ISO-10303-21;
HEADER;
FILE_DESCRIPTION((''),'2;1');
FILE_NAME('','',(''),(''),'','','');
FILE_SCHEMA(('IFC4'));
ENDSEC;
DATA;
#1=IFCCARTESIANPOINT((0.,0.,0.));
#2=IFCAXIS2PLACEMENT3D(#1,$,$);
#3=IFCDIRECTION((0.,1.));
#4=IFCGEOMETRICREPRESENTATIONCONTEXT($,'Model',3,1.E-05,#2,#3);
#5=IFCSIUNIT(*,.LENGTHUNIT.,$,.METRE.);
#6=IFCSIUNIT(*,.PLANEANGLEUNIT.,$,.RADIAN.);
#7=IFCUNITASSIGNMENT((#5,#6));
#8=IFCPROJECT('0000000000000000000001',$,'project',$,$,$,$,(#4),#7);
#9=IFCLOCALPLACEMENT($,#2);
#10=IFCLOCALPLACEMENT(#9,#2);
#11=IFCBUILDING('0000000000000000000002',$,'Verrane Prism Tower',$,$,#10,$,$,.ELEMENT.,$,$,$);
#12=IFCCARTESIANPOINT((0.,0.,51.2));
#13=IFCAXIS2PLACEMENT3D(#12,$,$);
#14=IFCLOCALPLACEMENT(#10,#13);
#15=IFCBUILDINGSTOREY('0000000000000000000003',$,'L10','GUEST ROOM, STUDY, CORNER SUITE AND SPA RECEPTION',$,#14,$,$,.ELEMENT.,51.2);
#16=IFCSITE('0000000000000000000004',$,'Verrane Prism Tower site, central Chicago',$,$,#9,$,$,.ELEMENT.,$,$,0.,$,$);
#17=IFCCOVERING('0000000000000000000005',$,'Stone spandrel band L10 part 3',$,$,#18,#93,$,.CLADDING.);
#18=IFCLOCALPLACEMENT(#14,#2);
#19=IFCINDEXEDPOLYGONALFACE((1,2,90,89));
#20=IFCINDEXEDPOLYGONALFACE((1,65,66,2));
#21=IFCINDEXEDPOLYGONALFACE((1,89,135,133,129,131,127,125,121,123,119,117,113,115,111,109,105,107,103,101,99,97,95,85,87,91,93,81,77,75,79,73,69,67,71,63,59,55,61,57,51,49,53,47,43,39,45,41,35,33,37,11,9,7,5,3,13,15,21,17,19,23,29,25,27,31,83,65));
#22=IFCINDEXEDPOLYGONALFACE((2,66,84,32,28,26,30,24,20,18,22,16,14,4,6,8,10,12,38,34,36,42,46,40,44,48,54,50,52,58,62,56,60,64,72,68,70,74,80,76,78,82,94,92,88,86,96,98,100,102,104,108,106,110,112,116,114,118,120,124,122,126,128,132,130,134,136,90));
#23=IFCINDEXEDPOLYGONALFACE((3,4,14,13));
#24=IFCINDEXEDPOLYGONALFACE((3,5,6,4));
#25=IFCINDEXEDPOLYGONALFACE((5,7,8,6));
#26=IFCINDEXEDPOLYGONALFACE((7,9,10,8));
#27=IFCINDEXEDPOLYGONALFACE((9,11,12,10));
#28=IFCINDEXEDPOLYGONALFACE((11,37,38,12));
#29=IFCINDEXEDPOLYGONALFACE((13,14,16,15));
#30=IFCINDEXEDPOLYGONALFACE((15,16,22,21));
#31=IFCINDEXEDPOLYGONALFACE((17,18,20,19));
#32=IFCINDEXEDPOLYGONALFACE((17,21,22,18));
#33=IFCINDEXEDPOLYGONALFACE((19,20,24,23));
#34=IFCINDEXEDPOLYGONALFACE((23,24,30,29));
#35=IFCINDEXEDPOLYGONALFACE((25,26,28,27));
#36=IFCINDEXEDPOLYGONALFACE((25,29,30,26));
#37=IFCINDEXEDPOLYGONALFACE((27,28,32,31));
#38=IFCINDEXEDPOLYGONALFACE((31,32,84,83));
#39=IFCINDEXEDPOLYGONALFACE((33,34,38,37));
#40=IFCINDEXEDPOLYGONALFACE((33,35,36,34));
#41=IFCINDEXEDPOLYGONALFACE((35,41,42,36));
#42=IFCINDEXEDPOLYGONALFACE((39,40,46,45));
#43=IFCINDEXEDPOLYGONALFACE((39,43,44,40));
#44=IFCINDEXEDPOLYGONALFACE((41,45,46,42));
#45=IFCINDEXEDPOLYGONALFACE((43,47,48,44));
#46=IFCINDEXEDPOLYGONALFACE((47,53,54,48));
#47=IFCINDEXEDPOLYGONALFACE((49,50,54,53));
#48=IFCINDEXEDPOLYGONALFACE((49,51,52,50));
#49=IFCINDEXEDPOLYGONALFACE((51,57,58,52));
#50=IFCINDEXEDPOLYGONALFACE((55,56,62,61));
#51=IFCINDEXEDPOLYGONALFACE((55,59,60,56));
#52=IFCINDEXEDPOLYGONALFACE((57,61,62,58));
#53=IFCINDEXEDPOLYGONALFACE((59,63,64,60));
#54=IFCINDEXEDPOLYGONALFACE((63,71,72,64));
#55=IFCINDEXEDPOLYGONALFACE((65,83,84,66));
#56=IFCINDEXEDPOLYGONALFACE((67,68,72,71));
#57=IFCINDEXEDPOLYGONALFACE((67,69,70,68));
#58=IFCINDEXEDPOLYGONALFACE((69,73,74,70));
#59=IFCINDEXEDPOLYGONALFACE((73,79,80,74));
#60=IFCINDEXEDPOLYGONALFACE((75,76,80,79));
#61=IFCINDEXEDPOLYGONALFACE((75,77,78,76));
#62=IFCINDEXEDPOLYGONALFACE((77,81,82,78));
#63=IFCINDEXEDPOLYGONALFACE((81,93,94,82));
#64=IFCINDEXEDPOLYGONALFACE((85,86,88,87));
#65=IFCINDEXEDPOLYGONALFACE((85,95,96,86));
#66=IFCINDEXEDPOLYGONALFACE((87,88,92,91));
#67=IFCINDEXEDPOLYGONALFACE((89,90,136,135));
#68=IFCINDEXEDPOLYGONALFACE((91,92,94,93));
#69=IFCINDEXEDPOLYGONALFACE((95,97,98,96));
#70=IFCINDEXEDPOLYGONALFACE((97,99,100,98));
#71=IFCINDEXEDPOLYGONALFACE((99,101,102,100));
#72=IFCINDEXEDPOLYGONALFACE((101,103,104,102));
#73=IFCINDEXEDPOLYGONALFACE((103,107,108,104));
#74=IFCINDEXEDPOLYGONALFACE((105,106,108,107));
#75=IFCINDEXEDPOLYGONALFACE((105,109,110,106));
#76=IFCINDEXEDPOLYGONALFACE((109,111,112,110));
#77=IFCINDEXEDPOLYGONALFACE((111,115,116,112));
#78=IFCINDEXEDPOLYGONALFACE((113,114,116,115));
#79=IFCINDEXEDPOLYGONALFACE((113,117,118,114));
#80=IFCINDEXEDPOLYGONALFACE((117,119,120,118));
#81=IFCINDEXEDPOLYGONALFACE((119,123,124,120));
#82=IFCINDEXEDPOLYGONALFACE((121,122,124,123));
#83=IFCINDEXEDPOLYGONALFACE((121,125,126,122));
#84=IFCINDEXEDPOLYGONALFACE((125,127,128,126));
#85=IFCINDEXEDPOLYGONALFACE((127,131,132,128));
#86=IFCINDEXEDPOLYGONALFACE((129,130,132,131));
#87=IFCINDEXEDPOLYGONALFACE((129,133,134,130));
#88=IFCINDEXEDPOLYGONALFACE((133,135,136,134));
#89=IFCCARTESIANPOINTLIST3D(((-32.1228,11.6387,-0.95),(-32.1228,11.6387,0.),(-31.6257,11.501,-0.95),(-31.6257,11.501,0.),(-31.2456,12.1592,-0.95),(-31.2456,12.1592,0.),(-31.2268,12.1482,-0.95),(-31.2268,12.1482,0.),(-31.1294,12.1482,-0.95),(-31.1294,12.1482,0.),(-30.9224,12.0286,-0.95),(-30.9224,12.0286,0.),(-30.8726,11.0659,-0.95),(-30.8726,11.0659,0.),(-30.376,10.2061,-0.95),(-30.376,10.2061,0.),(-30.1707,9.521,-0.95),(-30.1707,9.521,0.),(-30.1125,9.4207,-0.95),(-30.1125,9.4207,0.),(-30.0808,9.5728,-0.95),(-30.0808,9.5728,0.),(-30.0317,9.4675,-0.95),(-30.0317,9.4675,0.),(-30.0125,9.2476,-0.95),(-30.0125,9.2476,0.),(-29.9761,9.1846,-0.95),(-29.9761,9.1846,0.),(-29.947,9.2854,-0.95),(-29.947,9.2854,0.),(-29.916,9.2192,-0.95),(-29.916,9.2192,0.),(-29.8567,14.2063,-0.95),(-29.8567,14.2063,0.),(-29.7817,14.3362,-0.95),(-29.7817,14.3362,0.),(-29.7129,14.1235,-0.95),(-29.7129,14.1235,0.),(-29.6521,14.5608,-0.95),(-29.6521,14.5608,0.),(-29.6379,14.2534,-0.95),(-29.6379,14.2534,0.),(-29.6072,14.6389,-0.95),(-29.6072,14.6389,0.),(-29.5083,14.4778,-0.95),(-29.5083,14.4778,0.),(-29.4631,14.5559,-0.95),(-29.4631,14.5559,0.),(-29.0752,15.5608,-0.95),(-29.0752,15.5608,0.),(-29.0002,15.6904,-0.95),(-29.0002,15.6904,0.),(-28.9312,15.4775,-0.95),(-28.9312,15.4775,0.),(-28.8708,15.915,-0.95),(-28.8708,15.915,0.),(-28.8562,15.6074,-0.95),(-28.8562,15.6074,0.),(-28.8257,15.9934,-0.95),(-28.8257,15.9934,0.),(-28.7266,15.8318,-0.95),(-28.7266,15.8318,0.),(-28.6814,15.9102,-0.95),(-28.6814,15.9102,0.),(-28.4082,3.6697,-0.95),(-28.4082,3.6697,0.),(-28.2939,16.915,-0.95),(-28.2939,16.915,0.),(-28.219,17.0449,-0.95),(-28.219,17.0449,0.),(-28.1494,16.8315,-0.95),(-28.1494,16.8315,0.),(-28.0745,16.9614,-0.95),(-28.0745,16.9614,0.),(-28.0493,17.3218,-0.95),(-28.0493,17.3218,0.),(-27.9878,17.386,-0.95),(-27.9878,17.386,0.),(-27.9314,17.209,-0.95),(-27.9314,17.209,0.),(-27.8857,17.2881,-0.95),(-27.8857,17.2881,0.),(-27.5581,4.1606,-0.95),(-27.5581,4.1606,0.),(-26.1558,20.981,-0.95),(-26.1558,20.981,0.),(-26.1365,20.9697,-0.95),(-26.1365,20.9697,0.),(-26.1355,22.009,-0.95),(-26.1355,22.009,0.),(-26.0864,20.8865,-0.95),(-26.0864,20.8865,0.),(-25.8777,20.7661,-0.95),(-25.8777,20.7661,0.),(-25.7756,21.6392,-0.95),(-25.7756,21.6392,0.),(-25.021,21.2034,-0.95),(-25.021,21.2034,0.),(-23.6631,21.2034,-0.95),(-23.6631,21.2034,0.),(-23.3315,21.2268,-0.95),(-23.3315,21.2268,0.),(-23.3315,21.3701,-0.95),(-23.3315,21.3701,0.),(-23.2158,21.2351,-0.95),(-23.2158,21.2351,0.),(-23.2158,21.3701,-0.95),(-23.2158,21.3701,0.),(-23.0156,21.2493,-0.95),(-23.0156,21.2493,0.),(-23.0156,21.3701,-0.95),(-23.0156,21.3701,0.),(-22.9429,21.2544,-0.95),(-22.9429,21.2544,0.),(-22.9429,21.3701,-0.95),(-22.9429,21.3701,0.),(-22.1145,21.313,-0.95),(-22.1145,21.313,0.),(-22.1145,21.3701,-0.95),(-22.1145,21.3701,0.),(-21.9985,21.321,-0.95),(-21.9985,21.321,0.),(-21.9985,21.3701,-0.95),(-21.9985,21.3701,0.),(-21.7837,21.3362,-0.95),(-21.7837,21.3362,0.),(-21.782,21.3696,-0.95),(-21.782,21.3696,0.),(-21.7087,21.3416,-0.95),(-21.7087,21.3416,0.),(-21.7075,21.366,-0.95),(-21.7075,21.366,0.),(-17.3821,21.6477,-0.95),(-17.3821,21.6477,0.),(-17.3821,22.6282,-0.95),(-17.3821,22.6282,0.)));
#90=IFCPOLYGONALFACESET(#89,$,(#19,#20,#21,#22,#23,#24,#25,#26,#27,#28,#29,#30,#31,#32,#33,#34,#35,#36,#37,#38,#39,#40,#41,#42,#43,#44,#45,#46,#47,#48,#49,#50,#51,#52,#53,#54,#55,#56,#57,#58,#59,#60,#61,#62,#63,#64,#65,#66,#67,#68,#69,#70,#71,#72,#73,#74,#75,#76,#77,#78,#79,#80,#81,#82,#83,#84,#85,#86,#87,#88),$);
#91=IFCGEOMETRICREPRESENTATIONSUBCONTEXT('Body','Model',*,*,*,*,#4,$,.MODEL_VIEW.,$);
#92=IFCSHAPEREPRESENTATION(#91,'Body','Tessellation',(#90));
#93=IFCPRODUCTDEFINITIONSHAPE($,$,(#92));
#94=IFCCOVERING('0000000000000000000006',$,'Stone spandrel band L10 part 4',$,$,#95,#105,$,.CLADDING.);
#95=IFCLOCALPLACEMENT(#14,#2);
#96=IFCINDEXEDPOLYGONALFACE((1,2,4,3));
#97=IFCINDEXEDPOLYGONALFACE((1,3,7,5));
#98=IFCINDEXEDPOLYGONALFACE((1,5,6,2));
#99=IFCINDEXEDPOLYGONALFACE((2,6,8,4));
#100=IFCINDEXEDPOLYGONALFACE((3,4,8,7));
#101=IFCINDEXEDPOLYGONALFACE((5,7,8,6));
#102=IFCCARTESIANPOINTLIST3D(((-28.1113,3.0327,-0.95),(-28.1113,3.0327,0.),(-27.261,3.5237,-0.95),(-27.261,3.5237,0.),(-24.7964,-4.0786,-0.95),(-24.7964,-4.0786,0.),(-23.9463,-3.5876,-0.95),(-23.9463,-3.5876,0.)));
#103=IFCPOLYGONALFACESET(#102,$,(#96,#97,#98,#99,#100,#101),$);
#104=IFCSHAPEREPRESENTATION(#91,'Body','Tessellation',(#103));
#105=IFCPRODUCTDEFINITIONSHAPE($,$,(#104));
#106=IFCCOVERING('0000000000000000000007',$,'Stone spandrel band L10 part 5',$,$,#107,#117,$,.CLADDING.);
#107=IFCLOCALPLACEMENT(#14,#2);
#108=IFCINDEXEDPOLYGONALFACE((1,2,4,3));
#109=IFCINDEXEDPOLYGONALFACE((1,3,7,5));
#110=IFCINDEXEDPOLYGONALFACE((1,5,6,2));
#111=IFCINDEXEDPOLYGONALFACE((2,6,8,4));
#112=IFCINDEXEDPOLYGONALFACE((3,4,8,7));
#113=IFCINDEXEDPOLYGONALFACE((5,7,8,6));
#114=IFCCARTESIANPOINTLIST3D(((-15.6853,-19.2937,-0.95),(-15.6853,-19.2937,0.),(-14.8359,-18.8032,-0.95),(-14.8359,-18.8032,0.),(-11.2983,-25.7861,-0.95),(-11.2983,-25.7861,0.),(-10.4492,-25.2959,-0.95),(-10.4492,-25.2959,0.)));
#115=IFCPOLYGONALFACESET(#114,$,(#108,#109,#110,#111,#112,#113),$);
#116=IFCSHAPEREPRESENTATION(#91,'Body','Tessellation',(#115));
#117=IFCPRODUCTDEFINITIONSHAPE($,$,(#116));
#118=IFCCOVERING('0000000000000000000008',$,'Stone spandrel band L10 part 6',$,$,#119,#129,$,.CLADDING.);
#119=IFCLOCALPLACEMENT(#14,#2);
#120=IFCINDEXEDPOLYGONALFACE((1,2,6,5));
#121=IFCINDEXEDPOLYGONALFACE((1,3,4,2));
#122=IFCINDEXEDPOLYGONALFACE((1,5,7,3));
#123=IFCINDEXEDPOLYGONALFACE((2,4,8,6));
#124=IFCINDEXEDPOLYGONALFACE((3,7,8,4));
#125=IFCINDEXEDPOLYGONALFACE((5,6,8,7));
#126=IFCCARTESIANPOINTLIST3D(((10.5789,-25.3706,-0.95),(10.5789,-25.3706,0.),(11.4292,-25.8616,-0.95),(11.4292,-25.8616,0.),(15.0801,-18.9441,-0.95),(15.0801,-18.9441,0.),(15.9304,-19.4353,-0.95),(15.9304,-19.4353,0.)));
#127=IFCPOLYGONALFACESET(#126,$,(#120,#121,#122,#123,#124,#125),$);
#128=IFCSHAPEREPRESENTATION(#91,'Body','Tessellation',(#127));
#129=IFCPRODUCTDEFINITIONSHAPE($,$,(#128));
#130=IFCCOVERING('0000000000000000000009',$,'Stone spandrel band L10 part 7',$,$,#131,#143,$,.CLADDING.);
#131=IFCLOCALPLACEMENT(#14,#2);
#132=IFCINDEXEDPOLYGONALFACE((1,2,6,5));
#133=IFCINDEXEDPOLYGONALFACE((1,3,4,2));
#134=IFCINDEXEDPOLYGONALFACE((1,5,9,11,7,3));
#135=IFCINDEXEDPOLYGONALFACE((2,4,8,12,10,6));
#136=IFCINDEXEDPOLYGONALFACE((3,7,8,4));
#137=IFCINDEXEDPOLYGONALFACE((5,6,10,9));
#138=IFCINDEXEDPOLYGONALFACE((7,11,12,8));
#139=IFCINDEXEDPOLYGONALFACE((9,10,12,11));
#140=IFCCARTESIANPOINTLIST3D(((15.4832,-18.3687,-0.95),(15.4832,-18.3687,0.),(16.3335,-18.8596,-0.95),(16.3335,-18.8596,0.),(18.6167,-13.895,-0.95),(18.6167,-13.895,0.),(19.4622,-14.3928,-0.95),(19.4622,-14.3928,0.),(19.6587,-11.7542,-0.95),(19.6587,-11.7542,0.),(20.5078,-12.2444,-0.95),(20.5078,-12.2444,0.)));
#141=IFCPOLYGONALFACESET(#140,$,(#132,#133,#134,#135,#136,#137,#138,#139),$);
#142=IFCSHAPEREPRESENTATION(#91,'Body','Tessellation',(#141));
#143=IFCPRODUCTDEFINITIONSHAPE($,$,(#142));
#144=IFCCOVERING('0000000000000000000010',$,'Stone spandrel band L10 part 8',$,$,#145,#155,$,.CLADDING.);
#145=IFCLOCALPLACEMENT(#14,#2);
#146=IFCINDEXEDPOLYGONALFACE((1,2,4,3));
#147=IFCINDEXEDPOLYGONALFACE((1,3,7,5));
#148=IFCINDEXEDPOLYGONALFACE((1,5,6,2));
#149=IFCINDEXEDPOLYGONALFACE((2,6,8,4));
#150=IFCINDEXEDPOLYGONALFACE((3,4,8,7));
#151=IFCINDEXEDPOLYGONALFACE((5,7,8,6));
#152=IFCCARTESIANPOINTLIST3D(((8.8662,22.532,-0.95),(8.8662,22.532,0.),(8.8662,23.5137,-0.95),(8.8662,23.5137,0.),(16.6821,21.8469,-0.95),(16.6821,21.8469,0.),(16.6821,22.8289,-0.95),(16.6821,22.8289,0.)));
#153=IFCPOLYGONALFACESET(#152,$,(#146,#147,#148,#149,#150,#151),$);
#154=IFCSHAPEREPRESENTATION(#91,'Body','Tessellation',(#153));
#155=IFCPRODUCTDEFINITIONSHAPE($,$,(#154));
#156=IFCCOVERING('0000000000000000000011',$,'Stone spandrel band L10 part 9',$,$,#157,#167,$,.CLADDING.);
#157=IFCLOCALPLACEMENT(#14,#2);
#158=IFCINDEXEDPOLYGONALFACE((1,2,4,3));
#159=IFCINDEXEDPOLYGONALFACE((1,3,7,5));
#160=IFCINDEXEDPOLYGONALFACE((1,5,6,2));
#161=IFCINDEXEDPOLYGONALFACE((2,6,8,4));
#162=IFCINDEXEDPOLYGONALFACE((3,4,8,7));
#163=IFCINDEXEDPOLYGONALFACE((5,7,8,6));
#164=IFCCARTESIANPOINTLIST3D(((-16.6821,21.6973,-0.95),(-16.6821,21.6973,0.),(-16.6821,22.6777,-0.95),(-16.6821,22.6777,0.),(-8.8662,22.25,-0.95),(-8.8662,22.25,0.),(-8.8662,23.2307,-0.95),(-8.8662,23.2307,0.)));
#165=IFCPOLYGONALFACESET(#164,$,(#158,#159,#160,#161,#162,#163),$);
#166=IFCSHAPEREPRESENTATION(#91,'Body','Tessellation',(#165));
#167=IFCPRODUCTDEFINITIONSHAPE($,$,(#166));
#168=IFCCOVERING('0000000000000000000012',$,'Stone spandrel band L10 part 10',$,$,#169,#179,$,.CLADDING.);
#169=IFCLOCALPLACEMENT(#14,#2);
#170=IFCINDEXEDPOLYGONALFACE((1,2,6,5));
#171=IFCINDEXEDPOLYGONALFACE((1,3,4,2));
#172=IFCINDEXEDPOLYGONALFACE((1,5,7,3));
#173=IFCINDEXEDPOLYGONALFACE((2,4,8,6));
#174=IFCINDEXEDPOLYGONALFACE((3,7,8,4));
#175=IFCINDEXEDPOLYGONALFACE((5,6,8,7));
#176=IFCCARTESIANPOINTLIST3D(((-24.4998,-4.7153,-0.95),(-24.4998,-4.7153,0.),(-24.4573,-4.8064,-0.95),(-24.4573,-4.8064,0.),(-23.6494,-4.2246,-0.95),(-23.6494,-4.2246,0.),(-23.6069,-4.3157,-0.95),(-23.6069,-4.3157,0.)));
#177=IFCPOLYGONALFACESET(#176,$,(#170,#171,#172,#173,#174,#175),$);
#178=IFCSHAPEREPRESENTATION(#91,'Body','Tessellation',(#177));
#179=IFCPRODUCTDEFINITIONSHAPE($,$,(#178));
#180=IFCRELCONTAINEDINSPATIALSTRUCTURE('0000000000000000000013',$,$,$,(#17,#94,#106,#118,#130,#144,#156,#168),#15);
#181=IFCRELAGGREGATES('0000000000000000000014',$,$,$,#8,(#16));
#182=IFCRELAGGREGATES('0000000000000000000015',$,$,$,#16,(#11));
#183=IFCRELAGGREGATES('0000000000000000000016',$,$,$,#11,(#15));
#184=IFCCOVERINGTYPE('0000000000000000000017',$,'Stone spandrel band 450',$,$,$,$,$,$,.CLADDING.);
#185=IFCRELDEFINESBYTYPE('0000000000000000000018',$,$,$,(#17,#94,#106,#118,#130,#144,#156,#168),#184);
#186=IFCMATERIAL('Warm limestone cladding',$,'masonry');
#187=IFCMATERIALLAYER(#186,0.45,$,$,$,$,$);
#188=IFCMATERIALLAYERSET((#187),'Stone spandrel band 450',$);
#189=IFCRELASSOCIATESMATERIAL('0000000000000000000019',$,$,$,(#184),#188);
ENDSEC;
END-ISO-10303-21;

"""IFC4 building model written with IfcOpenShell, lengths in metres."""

from ifc_helpers import new_model, si_unit, direction, frame, origin, place, context, subcontext, project, spatial, polyline, outline, extrude, material, layer, layer_set, type_object, element, save


model = new_model("IFC4")

# Units and contexts
model_context = context("Model", 3, precision=1e-05, world=origin(), true_north=direction((0.0, 1.0)))
body_context = subcontext(model_context, "Body", "Model", "MODEL_VIEW")
ifc_project = project(units=[si_unit("LENGTHUNIT", "METRE"), si_unit("PLANEANGLEUNIT", "RADIAN")], contexts=[model_context])

# Site, building, storey
site_placement = place(None, origin())
site = spatial("IfcSite", under=ifc_project, at=site_placement, Name="Verrane Prism Tower site, central Chicago", CompositionType="ELEMENT", RefElevation=0.0)
building_placement = place(site_placement, origin())
building = spatial("IfcBuilding", under=site, at=building_placement, Name="Verrane Prism Tower", CompositionType="ELEMENT")
storey_placement = place(building_placement, frame((0.0, 0.0, 51.2)))
storey = spatial("IfcBuildingStorey", under=building, at=storey_placement, Name="L10", Description="GUEST ROOM, STUDY, CORNER SUITE AND SPA RECEPTION", CompositionType="ELEMENT", Elevation=51.2)

# Coverings
ifc_material_1 = material(Name="Warm limestone cladding", Category="masonry")
ifc_layer_1 = layer(ifc_material_1, 0.45)
ifc_layer_set_1 = layer_set([ifc_layer_1], Name="Stone spandrel band 450")
covering_type_1 = type_object("IfcCoveringType", Name="Stone spandrel band 450", PredefinedType="CLADDING", material=ifc_layer_set_1)
covering_1_placement = place(storey_placement, frame((0.0, 0.0, -0.95)))
element("IfcCovering", 1, at=covering_1_placement, inside=storey, type_object=covering_type_1, Name="Stone spandrel band L10 part 3", PredefinedType="CLADDING", context=body_context, shape_type="SweptSolid", body=[
    extrude(outline(polyline([(-27.5581, 4.1606), (-29.916, 9.2192), (-29.9761, 9.1846), (-30.0125, 9.2476), (-29.947, 9.2854), (-30.0317, 9.4675), (-30.1125, 9.4207), (-30.1707, 9.521), (-30.0808, 9.5728), (-30.376, 10.2061), (-30.8726, 11.0659), (-31.6257, 11.501), (-31.2456, 12.1592), (-31.2268, 12.1482), (-31.1294, 12.1482), (-30.9224, 12.0286), (-29.7129, 14.1235), (-29.8567, 14.2063), (-29.7817, 14.3362), (-29.6379, 14.2534), (-29.5083, 14.4778), (-29.6521, 14.5608), (-29.6072, 14.6389), (-29.4631, 14.5559), (-28.9312, 15.4775), (-29.0752, 15.5608), (-29.0002, 15.6904), (-28.8562, 15.6074), (-28.7266, 15.8318), (-28.8708, 15.915), (-28.8257, 15.9934), (-28.6814, 15.9102), (-28.1494, 16.8315), (-28.2939, 16.915), (-28.219, 17.0449), (-28.0745, 16.9614), (-27.9314, 17.209), (-28.0493, 17.3218), (-27.9878, 17.386), (-27.8857, 17.2881), (-25.8777, 20.7661), (-26.0864, 20.8865), (-26.1365, 20.9697), (-26.1558, 20.981), (-25.7756, 21.6392), (-25.021, 21.2034), (-23.6631, 21.2034), (-23.3315, 21.2268), (-23.3315, 21.3701), (-23.2158, 21.3701), (-23.2158, 21.2351), (-23.0156, 21.2493), (-23.0156, 21.3701), (-22.9429, 21.3701), (-22.9429, 21.2544), (-22.1145, 21.313), (-22.1145, 21.3701), (-21.9985, 21.3701), (-21.9985, 21.321), (-21.7837, 21.3362), (-21.782, 21.3696), (-21.7075, 21.366), (-21.7087, 21.3416), (-17.3821, 21.6477), (-17.3821, 22.6282), (-26.1355, 22.009), (-32.1228, 11.6387), (-28.4082, 3.6697), (-27.5581, 4.1606)])), origin(), (0.0, 0.0, 1.0), 0.95),
])
covering_2_placement = place(storey_placement, frame((0.0, 0.0, -0.95)))
element("IfcCovering", 2, at=covering_2_placement, inside=storey, type_object=covering_type_1, Name="Stone spandrel band L10 part 4", PredefinedType="CLADDING", context=body_context, shape_type="SweptSolid", body=[
    extrude(outline(polyline([(-23.9463, -3.5876), (-27.261, 3.5237), (-28.1113, 3.0327), (-24.7964, -4.0786), (-23.9463, -3.5876)])), origin(), (0.0, 0.0, 1.0), 0.95),
])
covering_3_placement = place(storey_placement, frame((0.0, 0.0, -0.95)))
element("IfcCovering", 3, at=covering_3_placement, inside=storey, type_object=covering_type_1, Name="Stone spandrel band L10 part 5", PredefinedType="CLADDING", context=body_context, shape_type="SweptSolid", body=[
    extrude(outline(polyline([(-15.6853, -19.2937), (-11.2983, -25.7861), (-10.4492, -25.2959), (-14.8359, -18.8032), (-15.6853, -19.2937)])), origin(), (0.0, 0.0, 1.0), 0.95),
])
covering_4_placement = place(storey_placement, frame((0.0, 0.0, -0.95)))
element("IfcCovering", 4, at=covering_4_placement, inside=storey, type_object=covering_type_1, Name="Stone spandrel band L10 part 6", PredefinedType="CLADDING", context=body_context, shape_type="SweptSolid", body=[
    extrude(outline(polyline([(15.0801, -18.9441), (10.5789, -25.3706), (11.4292, -25.8616), (15.9304, -19.4353), (15.0801, -18.9441)])), origin(), (0.0, 0.0, 1.0), 0.95),
])
covering_5_placement = place(storey_placement, frame((0.0, 0.0, -0.95)))
element("IfcCovering", 5, at=covering_5_placement, inside=storey, type_object=covering_type_1, Name="Stone spandrel band L10 part 7", PredefinedType="CLADDING", context=body_context, shape_type="SweptSolid", body=[
    extrude(outline(polyline([(19.4622, -14.3928), (20.5078, -12.2444), (19.6587, -11.7542), (18.6167, -13.895), (15.4832, -18.3687), (16.3335, -18.8596), (19.4622, -14.3928)])), origin(), (0.0, 0.0, 1.0), 0.95),
])
covering_6_placement = place(storey_placement, frame((0.0, 0.0, -0.95)))
element("IfcCovering", 6, at=covering_6_placement, inside=storey, type_object=covering_type_1, Name="Stone spandrel band L10 part 8", PredefinedType="CLADDING", context=body_context, shape_type="SweptSolid", body=[
    extrude(outline(polyline([(16.6821, 22.8289), (8.8662, 23.5137), (8.8662, 22.532), (16.6821, 21.8469), (16.6821, 22.8289)])), origin(), (0.0, 0.0, 1.0), 0.95),
])
covering_7_placement = place(storey_placement, frame((0.0, 0.0, -0.95)))
element("IfcCovering", 7, at=covering_7_placement, inside=storey, type_object=covering_type_1, Name="Stone spandrel band L10 part 9", PredefinedType="CLADDING", context=body_context, shape_type="SweptSolid", body=[
    extrude(outline(polyline([(-16.6821, 21.6973), (-8.8662, 22.25), (-8.8662, 23.2307), (-16.6821, 22.6777), (-16.6821, 21.6973)])), origin(), (0.0, 0.0, 1.0), 0.95),
])
covering_8_placement = place(storey_placement, frame((0.0, 0.0, -0.95)))
element("IfcCovering", 8, at=covering_8_placement, inside=storey, type_object=covering_type_1, Name="Stone spandrel band L10 part 10", PredefinedType="CLADDING", context=body_context, shape_type="SweptSolid", body=[
    extrude(outline(polyline([(-24.4573, -4.8064), (-23.6069, -4.3157), (-23.6494, -4.2246), (-24.4998, -4.7153), (-24.4573, -4.8064)])), origin(), (0.0, 0.0, 1.0), 0.95),
])

save(model, "model.ifc")
